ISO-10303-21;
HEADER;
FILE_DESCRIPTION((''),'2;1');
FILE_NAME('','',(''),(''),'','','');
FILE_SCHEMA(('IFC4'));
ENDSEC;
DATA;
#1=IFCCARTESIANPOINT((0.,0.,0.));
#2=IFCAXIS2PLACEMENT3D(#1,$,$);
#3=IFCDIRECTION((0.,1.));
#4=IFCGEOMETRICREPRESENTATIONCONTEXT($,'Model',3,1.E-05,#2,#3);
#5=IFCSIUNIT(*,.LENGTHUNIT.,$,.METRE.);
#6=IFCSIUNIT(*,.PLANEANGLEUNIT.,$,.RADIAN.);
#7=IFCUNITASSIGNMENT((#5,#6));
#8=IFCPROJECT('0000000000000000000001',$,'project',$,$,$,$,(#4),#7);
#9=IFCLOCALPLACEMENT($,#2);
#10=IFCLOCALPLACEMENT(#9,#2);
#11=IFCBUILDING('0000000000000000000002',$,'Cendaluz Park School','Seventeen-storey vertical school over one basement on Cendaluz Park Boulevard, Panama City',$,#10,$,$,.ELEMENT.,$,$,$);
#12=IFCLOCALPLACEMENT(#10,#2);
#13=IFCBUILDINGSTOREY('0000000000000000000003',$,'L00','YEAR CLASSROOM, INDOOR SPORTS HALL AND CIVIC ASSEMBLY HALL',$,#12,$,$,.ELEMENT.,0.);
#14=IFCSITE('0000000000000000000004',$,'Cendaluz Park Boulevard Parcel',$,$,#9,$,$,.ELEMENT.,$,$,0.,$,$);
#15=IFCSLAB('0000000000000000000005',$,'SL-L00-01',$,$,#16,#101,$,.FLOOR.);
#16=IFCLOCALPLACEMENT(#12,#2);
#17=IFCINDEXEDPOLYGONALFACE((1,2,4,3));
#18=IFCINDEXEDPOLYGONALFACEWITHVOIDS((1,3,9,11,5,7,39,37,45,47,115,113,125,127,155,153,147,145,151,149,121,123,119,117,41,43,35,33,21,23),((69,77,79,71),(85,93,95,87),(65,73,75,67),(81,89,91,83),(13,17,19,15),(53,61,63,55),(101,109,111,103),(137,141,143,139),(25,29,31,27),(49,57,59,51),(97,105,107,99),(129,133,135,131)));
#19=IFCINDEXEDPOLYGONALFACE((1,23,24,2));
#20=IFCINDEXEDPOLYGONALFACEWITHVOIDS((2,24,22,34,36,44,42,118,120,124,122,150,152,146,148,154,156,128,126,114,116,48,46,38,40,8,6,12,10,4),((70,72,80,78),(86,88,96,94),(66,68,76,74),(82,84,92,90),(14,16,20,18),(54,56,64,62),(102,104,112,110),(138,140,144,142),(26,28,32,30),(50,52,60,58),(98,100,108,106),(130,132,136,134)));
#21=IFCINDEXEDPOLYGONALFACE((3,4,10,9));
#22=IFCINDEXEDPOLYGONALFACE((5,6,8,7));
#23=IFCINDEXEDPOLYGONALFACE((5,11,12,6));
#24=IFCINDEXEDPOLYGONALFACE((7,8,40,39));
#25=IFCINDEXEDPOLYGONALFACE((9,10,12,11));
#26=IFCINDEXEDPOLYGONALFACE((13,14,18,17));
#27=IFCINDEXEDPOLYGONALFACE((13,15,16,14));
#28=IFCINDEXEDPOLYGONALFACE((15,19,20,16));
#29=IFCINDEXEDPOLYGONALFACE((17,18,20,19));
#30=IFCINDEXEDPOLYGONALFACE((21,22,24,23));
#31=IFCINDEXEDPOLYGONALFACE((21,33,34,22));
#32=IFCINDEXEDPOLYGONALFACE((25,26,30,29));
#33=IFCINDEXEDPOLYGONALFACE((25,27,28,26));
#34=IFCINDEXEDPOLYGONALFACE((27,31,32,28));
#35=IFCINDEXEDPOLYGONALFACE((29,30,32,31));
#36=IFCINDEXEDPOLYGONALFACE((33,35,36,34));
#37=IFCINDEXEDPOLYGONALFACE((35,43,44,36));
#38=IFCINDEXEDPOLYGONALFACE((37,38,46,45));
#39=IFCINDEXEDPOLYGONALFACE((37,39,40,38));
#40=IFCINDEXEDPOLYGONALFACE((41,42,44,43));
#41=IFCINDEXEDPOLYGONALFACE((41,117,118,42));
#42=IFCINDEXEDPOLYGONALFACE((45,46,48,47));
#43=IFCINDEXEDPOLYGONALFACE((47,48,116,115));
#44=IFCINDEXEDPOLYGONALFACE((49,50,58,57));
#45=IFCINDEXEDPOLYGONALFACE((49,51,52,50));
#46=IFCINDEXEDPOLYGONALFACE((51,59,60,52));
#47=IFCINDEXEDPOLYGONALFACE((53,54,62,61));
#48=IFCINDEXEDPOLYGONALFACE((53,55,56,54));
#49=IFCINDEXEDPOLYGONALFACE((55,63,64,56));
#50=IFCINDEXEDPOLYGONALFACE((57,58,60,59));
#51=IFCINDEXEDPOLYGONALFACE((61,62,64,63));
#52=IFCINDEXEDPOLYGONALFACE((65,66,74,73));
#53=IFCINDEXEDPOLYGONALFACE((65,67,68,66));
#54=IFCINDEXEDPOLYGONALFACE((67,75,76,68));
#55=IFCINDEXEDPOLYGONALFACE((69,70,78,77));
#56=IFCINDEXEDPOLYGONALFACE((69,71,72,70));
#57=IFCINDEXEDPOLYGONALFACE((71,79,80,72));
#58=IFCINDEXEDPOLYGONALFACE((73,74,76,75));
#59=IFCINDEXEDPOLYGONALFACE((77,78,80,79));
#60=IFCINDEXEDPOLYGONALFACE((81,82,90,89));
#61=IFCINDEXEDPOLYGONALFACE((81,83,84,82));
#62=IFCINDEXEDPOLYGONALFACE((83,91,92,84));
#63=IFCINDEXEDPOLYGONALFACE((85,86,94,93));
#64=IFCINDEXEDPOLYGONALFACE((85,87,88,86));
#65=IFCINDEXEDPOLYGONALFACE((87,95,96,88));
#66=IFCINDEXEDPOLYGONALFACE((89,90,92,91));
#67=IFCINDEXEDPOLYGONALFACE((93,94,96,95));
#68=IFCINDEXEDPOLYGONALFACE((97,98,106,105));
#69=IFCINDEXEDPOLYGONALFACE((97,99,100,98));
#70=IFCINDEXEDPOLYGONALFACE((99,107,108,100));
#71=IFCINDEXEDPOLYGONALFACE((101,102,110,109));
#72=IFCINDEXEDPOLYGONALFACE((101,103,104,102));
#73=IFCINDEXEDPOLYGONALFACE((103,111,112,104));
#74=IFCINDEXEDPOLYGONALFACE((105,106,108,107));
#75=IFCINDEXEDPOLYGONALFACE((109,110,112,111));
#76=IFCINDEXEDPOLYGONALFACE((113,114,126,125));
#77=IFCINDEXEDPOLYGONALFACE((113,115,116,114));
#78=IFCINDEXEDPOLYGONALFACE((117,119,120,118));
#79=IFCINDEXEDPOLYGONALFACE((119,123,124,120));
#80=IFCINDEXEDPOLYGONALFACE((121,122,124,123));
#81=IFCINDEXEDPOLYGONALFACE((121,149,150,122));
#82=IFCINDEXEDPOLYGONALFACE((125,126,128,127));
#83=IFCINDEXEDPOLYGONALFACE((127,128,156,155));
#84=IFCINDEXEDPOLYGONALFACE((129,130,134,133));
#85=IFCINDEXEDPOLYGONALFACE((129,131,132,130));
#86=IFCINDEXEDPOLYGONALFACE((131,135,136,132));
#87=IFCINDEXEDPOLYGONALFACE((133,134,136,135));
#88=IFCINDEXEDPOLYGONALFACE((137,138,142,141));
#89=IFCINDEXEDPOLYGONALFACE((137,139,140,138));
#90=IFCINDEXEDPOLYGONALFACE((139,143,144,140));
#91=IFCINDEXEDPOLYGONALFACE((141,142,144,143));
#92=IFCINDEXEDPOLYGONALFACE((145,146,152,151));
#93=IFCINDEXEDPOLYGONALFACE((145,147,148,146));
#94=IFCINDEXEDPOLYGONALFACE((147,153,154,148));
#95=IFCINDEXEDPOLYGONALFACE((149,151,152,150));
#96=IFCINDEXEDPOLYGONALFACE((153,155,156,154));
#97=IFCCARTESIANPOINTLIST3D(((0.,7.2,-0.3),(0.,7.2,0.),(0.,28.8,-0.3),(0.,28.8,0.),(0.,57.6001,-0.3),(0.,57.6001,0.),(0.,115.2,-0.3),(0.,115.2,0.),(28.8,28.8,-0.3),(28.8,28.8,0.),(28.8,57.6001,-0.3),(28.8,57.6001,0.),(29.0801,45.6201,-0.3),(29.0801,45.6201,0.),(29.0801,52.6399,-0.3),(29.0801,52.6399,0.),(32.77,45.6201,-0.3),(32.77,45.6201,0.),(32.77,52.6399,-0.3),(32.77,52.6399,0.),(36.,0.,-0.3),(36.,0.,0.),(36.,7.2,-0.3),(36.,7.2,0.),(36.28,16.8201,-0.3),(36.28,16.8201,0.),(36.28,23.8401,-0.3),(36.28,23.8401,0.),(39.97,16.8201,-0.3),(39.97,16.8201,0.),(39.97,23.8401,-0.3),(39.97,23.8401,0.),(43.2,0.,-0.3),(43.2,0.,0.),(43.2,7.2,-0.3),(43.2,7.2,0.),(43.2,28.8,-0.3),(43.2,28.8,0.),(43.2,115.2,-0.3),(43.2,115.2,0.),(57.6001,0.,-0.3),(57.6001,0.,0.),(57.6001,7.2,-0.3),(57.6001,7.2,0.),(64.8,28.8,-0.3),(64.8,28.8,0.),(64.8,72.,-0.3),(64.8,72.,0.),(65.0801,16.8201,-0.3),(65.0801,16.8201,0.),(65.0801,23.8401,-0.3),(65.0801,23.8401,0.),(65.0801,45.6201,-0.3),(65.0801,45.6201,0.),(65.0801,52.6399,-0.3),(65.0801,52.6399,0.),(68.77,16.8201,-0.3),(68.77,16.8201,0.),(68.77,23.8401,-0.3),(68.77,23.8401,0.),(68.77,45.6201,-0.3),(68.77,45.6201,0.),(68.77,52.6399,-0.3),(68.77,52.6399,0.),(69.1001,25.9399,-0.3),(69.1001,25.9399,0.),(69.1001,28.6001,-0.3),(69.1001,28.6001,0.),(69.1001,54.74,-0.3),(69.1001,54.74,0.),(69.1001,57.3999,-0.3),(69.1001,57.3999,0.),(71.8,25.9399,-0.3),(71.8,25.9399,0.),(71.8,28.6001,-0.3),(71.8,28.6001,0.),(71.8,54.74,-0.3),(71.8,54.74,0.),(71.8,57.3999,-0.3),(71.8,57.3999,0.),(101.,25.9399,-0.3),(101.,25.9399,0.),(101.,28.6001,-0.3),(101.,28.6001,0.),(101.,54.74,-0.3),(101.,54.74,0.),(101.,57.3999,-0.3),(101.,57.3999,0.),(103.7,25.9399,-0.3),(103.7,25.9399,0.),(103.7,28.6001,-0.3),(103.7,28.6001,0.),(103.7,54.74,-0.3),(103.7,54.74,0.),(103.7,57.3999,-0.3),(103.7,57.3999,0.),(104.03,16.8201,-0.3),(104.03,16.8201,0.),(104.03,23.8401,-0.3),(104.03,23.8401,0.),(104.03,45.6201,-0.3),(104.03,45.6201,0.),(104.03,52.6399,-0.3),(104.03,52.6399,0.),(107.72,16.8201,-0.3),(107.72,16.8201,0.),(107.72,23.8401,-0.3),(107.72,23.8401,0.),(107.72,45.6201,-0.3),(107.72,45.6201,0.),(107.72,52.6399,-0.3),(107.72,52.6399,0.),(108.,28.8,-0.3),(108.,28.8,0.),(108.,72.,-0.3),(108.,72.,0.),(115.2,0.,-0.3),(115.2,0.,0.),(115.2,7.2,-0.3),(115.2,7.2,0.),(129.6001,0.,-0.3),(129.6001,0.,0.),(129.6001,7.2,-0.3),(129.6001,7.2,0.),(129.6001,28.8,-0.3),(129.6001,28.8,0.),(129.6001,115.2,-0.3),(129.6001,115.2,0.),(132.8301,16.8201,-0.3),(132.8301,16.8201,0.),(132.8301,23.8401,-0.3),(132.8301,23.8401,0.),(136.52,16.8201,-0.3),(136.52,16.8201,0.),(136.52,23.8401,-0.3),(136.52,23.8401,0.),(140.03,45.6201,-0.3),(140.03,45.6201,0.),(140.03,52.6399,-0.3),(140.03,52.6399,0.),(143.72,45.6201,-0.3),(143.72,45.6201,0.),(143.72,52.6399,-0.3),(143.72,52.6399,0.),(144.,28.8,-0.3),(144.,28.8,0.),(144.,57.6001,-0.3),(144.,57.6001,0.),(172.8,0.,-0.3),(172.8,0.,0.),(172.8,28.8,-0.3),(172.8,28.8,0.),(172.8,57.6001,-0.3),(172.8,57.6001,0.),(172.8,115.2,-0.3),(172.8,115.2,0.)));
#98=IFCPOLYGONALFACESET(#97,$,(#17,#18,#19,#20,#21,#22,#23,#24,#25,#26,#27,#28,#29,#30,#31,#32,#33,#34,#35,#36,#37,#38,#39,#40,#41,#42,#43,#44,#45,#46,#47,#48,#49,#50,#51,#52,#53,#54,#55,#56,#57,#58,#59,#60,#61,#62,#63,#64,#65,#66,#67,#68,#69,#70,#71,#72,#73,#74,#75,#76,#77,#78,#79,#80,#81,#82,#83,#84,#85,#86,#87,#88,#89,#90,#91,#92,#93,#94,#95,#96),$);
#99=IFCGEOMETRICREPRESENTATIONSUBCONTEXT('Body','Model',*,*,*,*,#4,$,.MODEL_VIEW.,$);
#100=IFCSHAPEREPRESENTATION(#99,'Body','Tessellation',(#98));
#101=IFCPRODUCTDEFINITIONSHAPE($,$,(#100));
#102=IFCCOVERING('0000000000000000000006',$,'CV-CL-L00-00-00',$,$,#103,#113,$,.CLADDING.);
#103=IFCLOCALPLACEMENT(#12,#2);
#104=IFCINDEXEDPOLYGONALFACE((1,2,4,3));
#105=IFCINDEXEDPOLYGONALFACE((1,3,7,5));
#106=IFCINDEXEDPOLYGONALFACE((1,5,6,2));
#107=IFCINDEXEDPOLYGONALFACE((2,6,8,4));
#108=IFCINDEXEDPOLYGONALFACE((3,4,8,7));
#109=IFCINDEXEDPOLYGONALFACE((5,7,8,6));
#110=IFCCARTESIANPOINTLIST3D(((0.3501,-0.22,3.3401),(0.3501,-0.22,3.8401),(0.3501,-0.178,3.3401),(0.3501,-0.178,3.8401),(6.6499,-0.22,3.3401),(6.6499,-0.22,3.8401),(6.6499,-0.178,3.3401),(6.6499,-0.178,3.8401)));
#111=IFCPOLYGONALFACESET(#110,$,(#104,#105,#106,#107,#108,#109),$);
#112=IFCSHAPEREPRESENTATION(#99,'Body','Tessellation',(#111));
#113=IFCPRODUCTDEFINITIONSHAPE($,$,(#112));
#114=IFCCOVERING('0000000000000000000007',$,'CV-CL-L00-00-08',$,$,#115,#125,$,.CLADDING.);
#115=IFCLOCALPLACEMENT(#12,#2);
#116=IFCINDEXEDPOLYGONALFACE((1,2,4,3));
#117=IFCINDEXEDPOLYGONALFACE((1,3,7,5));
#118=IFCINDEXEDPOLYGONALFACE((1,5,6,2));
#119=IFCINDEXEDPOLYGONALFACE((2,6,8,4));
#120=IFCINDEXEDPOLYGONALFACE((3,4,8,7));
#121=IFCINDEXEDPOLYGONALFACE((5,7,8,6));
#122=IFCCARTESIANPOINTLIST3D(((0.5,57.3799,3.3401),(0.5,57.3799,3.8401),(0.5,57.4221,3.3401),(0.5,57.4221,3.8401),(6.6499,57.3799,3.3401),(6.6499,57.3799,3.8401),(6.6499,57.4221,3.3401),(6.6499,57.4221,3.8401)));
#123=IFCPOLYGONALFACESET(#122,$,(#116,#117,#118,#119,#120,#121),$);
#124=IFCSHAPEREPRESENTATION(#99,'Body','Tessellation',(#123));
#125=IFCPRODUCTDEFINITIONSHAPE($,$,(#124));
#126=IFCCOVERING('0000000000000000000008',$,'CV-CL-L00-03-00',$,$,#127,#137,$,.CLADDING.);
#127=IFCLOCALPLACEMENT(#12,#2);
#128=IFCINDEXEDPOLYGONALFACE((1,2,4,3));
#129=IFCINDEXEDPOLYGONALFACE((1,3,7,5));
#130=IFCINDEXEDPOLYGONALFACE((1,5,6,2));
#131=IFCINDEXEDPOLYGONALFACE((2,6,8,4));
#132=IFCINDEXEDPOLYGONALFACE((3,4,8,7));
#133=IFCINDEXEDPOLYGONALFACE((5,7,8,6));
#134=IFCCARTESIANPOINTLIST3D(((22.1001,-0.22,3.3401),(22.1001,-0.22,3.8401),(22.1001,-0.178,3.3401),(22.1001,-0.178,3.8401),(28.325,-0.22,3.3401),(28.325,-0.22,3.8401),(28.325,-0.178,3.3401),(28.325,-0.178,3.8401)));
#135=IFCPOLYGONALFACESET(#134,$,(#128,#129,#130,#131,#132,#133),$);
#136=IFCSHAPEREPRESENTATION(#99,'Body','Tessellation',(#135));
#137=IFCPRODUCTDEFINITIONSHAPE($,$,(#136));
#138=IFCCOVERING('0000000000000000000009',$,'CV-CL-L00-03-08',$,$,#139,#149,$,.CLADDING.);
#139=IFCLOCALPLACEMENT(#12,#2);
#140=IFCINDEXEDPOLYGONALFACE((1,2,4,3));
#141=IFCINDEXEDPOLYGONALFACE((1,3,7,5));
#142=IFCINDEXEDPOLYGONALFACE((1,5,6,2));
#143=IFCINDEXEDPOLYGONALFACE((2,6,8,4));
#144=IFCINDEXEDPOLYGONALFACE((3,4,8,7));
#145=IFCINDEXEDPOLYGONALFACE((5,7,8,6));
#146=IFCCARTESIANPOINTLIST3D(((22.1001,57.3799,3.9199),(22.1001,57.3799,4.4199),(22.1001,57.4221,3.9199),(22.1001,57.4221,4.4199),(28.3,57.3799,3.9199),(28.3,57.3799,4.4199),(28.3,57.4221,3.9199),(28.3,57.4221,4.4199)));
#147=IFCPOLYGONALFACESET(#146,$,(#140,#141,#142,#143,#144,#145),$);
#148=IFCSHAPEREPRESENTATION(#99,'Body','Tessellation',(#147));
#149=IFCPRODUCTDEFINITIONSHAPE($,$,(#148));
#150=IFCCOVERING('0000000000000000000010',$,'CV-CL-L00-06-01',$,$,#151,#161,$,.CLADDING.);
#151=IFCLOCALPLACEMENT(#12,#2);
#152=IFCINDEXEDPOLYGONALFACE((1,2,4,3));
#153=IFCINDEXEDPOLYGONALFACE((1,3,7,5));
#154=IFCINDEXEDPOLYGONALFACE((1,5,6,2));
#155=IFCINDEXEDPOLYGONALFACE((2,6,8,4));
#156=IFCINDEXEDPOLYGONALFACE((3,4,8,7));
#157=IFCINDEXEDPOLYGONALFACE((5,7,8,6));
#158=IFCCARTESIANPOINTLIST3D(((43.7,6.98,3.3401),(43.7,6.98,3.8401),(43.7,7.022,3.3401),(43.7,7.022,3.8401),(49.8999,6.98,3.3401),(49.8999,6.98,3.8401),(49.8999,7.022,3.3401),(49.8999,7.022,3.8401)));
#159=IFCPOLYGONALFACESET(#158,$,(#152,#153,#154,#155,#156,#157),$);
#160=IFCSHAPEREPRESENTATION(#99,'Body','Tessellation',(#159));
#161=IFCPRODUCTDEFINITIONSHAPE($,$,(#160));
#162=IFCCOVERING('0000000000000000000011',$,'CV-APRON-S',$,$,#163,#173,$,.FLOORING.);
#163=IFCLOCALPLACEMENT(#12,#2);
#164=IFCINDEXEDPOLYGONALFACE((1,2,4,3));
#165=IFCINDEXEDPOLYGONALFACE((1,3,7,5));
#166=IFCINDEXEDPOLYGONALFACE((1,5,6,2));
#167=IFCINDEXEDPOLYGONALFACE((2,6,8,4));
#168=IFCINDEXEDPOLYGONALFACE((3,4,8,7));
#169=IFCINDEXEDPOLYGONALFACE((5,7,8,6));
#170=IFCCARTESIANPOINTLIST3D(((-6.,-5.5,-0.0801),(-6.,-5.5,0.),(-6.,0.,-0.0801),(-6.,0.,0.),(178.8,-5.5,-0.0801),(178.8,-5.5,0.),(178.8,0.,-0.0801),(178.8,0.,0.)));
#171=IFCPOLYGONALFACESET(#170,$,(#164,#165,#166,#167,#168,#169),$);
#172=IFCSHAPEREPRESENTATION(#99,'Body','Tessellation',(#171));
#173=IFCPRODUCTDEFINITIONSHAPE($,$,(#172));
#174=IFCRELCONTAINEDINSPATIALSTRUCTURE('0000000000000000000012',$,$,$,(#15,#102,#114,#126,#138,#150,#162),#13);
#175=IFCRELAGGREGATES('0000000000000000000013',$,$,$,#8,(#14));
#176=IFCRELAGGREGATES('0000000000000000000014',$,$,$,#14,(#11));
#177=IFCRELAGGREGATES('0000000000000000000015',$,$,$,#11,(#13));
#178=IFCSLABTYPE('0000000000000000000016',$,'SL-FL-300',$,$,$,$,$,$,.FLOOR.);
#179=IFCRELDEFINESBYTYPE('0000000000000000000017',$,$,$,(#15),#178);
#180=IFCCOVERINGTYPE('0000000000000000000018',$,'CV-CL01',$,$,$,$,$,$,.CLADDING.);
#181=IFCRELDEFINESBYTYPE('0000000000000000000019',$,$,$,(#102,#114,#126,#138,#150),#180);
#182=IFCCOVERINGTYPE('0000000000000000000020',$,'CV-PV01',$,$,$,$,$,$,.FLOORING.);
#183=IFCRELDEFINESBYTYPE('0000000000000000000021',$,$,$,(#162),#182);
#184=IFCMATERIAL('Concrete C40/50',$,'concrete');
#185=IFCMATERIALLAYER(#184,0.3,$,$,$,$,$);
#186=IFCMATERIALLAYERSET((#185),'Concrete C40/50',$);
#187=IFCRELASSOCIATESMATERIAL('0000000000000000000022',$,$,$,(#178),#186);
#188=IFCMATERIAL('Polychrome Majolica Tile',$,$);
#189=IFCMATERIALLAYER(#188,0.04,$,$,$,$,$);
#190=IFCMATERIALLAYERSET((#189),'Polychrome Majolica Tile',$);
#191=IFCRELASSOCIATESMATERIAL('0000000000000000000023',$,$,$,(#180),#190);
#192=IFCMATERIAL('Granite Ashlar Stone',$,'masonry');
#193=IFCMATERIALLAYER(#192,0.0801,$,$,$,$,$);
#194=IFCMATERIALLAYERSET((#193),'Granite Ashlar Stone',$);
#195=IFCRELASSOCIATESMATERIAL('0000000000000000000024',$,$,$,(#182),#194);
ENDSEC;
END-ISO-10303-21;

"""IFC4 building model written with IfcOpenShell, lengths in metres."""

from ifc_helpers import new_model, si_unit, direction, frame, origin, place, context, subcontext, project, spatial, polyline, outline, extrude, material, layer, layer_set, type_object, element, save


model = new_model("IFC4")

# Units and contexts
model_context = context("Model", 3, precision=1e-05, world=origin(), true_north=direction((0.0, 1.0)))
body_context = subcontext(model_context, "Body", "Model", "MODEL_VIEW")
ifc_project = project(units=[si_unit("LENGTHUNIT", "METRE"), si_unit("PLANEANGLEUNIT", "RADIAN")], contexts=[model_context])

# Site, building, storey
site_placement = place(None, origin())
site = spatial("IfcSite", under=ifc_project, at=site_placement, Name="Cendaluz Park Boulevard Parcel", CompositionType="ELEMENT", RefElevation=0.0)
building_placement = place(site_placement, origin())
building = spatial("IfcBuilding", under=site, at=building_placement, Name="Cendaluz Park School", Description="Seventeen-storey vertical school over one basement on Cendaluz Park Boulevard, Panama City", CompositionType="ELEMENT")
storey_placement = place(building_placement, origin())
storey = spatial("IfcBuildingStorey", under=building, at=storey_placement, Name="L00", Description="YEAR CLASSROOM, INDOOR SPORTS HALL AND CIVIC ASSEMBLY HALL", CompositionType="ELEMENT", Elevation=0.0)

# Shared definitions
ifc_material_1 = material(Name="Concrete C40/50", Category="concrete")

# Slab
ifc_layer_1 = layer(ifc_material_1, 0.3)
ifc_layer_set_1 = layer_set([ifc_layer_1], Name="Concrete C40/50")
slab_type_1 = type_object("IfcSlabType", Name="SL-FL-300", PredefinedType="FLOOR", material=ifc_layer_set_1)
slab_1_placement = place(storey_placement, frame((0.0, 0.0, -0.3)))
element("IfcSlab", 1, at=slab_1_placement, inside=storey, type_object=slab_type_1, Name="SL-L00-01", PredefinedType="FLOOR", context=body_context, shape_type="SweptSolid", body=[
    extrude(outline(polyline([(0.0, 57.6001), (0.0, 115.2), (43.2, 115.2), (43.2, 28.8), (64.8, 28.8), (64.8, 72.0), (108.0, 72.0), (108.0, 28.8), (129.6001, 28.8), (129.6001, 115.2), (172.8, 115.2), (172.8, 57.6001), (144.0, 57.6001), (144.0, 28.8), (172.8, 28.8), (172.8, 0.0), (129.6001, 0.0), (129.6001, 7.2), (115.2, 7.2), (115.2, 0.0), (57.6001, 0.0), (57.6001, 7.2), (43.2, 7.2), (43.2, 0.0), (36.0, 0.0), (36.0, 7.2), (0.0, 7.2), (0.0, 28.8), (28.8, 28.8), (28.8, 57.6001), (0.0, 57.6001)]), holes=[polyline([(68.77, 16.8201), (68.77, 23.8401), (65.0801, 23.8401), (65.0801, 16.8201), (68.77, 16.8201)]), polyline([(69.1001, 25.9399), (71.8, 25.9399), (71.8, 28.6001), (69.1001, 28.6001), (69.1001, 25.9399)]), polyline([(104.03, 23.8401), (104.03, 16.8201), (107.72, 16.8201), (107.72, 23.8401), (104.03, 23.8401)]), polyline([(103.7, 28.6001), (101.0, 28.6001), (101.0, 25.9399), (103.7, 25.9399), (103.7, 28.6001)]), polyline([(68.77, 45.6201), (68.77, 52.6399), (65.0801, 52.6399), (65.0801, 45.6201), (68.77, 45.6201)]), polyline([(69.1001, 54.74), (71.8, 54.74), (71.8, 57.3999), (69.1001, 57.3999), (69.1001, 54.74)]), polyline([(104.03, 52.6399), (104.03, 45.6201), (107.72, 45.6201), (107.72, 52.6399), (104.03, 52.6399)]), polyline([(103.7, 57.3999), (101.0, 57.3999), (101.0, 54.74), (103.7, 54.74), (103.7, 57.3999)]), polyline([(39.97, 16.8201), (39.97, 23.8401), (36.28, 23.8401), (36.28, 16.8201), (39.97, 16.8201)]), polyline([(132.8301, 16.8201), (136.52, 16.8201), (136.52, 23.8401), (132.8301, 23.8401), (132.8301, 16.8201)]), polyline([(29.0801, 52.6399), (29.0801, 45.6201), (32.77, 45.6201), (32.77, 52.6399), (29.0801, 52.6399)]), polyline([(143.72, 52.6399), (140.03, 52.6399), (140.03, 45.6201), (143.72, 45.6201), (143.72, 52.6399)])]), origin(), (0.0, 0.0, 1.0), 0.3),
])

# Coverings
ifc_material_2 = material(Name="Polychrome Majolica Tile")
ifc_layer_2 = layer(ifc_material_2, 0.04)
ifc_layer_set_2 = layer_set([ifc_layer_2], Name="Polychrome Majolica Tile")
covering_type_1 = type_object("IfcCoveringType", Name="CV-CL01", PredefinedType="CLADDING", material=ifc_layer_set_2)
covering_1_placement = place(storey_placement, frame((0.0, 0.0, 3.3401)))
element("IfcCovering", 2, at=covering_1_placement, inside=storey, type_object=covering_type_1, Name="CV-CL-L00-00-00", PredefinedType="CLADDING", context=body_context, shape_type="SweptSolid", body=[
    extrude(outline(polyline([(0.3501, -0.22), (6.6499, -0.22), (6.6499, -0.178), (0.3501, -0.178), (0.3501, -0.22)])), origin(), (0.0, 0.0, 1.0), 0.5),
])
covering_2_placement = place(storey_placement, frame((0.0, 0.0, 3.3401)))
element("IfcCovering", 3, at=covering_2_placement, inside=storey, type_object=covering_type_1, Name="CV-CL-L00-00-08", PredefinedType="CLADDING", context=body_context, shape_type="SweptSolid", body=[
    extrude(outline(polyline([(0.5, 57.3799), (6.6499, 57.3799), (6.6499, 57.4221), (0.5, 57.4221), (0.5, 57.3799)])), origin(), (0.0, 0.0, 1.0), 0.5),
])
covering_3_placement = place(storey_placement, frame((0.0, 0.0, 3.3401)))
element("IfcCovering", 4, at=covering_3_placement, inside=storey, type_object=covering_type_1, Name="CV-CL-L00-03-00", PredefinedType="CLADDING", context=body_context, shape_type="SweptSolid", body=[
    extrude(outline(polyline([(22.1001, -0.22), (28.325, -0.22), (28.325, -0.178), (22.1001, -0.178), (22.1001, -0.22)])), origin(), (0.0, 0.0, 1.0), 0.5),
])
covering_4_placement = place(storey_placement, frame((0.0, 0.0, 3.9199)))
element("IfcCovering", 5, at=covering_4_placement, inside=storey, type_object=covering_type_1, Name="CV-CL-L00-03-08", PredefinedType="CLADDING", context=body_context, shape_type="SweptSolid", body=[
    extrude(outline(polyline([(22.1001, 57.3799), (28.3, 57.3799), (28.3, 57.4221), (22.1001, 57.4221), (22.1001, 57.3799)])), origin(), (0.0, 0.0, 1.0), 0.5),
])
covering_5_placement = place(storey_placement, frame((0.0, 0.0, 3.3401)))
element("IfcCovering", 6, at=covering_5_placement, inside=storey, type_object=covering_type_1, Name="CV-CL-L00-06-01", PredefinedType="CLADDING", context=body_context, shape_type="SweptSolid", body=[
    extrude(outline(polyline([(43.7, 6.98), (49.8999, 6.98), (49.8999, 7.022), (43.7, 7.022), (43.7, 6.98)])), origin(), (0.0, 0.0, 1.0), 0.5),
])
ifc_material_3 = material(Name="Granite Ashlar Stone", Category="masonry")
ifc_layer_3 = layer(ifc_material_3, 0.0801)
ifc_layer_set_3 = layer_set([ifc_layer_3], Name="Granite Ashlar Stone")
covering_type_2 = type_object("IfcCoveringType", Name="CV-PV01", PredefinedType="FLOORING", material=ifc_layer_set_3)
covering_6_placement = place(storey_placement, frame((0.0, 0.0, -0.0801)))
element("IfcCovering", 7, at=covering_6_placement, inside=storey, type_object=covering_type_2, Name="CV-APRON-S", PredefinedType="FLOORING", context=body_context, shape_type="SweptSolid", body=[
    extrude(outline(polyline([(-6.0, -5.5), (178.8, -5.5), (178.8, 0.0), (-6.0, 0.0), (-6.0, -5.5)])), origin(), (0.0, 0.0, 1.0), 0.0801),
])

save(model, "model.ifc")
